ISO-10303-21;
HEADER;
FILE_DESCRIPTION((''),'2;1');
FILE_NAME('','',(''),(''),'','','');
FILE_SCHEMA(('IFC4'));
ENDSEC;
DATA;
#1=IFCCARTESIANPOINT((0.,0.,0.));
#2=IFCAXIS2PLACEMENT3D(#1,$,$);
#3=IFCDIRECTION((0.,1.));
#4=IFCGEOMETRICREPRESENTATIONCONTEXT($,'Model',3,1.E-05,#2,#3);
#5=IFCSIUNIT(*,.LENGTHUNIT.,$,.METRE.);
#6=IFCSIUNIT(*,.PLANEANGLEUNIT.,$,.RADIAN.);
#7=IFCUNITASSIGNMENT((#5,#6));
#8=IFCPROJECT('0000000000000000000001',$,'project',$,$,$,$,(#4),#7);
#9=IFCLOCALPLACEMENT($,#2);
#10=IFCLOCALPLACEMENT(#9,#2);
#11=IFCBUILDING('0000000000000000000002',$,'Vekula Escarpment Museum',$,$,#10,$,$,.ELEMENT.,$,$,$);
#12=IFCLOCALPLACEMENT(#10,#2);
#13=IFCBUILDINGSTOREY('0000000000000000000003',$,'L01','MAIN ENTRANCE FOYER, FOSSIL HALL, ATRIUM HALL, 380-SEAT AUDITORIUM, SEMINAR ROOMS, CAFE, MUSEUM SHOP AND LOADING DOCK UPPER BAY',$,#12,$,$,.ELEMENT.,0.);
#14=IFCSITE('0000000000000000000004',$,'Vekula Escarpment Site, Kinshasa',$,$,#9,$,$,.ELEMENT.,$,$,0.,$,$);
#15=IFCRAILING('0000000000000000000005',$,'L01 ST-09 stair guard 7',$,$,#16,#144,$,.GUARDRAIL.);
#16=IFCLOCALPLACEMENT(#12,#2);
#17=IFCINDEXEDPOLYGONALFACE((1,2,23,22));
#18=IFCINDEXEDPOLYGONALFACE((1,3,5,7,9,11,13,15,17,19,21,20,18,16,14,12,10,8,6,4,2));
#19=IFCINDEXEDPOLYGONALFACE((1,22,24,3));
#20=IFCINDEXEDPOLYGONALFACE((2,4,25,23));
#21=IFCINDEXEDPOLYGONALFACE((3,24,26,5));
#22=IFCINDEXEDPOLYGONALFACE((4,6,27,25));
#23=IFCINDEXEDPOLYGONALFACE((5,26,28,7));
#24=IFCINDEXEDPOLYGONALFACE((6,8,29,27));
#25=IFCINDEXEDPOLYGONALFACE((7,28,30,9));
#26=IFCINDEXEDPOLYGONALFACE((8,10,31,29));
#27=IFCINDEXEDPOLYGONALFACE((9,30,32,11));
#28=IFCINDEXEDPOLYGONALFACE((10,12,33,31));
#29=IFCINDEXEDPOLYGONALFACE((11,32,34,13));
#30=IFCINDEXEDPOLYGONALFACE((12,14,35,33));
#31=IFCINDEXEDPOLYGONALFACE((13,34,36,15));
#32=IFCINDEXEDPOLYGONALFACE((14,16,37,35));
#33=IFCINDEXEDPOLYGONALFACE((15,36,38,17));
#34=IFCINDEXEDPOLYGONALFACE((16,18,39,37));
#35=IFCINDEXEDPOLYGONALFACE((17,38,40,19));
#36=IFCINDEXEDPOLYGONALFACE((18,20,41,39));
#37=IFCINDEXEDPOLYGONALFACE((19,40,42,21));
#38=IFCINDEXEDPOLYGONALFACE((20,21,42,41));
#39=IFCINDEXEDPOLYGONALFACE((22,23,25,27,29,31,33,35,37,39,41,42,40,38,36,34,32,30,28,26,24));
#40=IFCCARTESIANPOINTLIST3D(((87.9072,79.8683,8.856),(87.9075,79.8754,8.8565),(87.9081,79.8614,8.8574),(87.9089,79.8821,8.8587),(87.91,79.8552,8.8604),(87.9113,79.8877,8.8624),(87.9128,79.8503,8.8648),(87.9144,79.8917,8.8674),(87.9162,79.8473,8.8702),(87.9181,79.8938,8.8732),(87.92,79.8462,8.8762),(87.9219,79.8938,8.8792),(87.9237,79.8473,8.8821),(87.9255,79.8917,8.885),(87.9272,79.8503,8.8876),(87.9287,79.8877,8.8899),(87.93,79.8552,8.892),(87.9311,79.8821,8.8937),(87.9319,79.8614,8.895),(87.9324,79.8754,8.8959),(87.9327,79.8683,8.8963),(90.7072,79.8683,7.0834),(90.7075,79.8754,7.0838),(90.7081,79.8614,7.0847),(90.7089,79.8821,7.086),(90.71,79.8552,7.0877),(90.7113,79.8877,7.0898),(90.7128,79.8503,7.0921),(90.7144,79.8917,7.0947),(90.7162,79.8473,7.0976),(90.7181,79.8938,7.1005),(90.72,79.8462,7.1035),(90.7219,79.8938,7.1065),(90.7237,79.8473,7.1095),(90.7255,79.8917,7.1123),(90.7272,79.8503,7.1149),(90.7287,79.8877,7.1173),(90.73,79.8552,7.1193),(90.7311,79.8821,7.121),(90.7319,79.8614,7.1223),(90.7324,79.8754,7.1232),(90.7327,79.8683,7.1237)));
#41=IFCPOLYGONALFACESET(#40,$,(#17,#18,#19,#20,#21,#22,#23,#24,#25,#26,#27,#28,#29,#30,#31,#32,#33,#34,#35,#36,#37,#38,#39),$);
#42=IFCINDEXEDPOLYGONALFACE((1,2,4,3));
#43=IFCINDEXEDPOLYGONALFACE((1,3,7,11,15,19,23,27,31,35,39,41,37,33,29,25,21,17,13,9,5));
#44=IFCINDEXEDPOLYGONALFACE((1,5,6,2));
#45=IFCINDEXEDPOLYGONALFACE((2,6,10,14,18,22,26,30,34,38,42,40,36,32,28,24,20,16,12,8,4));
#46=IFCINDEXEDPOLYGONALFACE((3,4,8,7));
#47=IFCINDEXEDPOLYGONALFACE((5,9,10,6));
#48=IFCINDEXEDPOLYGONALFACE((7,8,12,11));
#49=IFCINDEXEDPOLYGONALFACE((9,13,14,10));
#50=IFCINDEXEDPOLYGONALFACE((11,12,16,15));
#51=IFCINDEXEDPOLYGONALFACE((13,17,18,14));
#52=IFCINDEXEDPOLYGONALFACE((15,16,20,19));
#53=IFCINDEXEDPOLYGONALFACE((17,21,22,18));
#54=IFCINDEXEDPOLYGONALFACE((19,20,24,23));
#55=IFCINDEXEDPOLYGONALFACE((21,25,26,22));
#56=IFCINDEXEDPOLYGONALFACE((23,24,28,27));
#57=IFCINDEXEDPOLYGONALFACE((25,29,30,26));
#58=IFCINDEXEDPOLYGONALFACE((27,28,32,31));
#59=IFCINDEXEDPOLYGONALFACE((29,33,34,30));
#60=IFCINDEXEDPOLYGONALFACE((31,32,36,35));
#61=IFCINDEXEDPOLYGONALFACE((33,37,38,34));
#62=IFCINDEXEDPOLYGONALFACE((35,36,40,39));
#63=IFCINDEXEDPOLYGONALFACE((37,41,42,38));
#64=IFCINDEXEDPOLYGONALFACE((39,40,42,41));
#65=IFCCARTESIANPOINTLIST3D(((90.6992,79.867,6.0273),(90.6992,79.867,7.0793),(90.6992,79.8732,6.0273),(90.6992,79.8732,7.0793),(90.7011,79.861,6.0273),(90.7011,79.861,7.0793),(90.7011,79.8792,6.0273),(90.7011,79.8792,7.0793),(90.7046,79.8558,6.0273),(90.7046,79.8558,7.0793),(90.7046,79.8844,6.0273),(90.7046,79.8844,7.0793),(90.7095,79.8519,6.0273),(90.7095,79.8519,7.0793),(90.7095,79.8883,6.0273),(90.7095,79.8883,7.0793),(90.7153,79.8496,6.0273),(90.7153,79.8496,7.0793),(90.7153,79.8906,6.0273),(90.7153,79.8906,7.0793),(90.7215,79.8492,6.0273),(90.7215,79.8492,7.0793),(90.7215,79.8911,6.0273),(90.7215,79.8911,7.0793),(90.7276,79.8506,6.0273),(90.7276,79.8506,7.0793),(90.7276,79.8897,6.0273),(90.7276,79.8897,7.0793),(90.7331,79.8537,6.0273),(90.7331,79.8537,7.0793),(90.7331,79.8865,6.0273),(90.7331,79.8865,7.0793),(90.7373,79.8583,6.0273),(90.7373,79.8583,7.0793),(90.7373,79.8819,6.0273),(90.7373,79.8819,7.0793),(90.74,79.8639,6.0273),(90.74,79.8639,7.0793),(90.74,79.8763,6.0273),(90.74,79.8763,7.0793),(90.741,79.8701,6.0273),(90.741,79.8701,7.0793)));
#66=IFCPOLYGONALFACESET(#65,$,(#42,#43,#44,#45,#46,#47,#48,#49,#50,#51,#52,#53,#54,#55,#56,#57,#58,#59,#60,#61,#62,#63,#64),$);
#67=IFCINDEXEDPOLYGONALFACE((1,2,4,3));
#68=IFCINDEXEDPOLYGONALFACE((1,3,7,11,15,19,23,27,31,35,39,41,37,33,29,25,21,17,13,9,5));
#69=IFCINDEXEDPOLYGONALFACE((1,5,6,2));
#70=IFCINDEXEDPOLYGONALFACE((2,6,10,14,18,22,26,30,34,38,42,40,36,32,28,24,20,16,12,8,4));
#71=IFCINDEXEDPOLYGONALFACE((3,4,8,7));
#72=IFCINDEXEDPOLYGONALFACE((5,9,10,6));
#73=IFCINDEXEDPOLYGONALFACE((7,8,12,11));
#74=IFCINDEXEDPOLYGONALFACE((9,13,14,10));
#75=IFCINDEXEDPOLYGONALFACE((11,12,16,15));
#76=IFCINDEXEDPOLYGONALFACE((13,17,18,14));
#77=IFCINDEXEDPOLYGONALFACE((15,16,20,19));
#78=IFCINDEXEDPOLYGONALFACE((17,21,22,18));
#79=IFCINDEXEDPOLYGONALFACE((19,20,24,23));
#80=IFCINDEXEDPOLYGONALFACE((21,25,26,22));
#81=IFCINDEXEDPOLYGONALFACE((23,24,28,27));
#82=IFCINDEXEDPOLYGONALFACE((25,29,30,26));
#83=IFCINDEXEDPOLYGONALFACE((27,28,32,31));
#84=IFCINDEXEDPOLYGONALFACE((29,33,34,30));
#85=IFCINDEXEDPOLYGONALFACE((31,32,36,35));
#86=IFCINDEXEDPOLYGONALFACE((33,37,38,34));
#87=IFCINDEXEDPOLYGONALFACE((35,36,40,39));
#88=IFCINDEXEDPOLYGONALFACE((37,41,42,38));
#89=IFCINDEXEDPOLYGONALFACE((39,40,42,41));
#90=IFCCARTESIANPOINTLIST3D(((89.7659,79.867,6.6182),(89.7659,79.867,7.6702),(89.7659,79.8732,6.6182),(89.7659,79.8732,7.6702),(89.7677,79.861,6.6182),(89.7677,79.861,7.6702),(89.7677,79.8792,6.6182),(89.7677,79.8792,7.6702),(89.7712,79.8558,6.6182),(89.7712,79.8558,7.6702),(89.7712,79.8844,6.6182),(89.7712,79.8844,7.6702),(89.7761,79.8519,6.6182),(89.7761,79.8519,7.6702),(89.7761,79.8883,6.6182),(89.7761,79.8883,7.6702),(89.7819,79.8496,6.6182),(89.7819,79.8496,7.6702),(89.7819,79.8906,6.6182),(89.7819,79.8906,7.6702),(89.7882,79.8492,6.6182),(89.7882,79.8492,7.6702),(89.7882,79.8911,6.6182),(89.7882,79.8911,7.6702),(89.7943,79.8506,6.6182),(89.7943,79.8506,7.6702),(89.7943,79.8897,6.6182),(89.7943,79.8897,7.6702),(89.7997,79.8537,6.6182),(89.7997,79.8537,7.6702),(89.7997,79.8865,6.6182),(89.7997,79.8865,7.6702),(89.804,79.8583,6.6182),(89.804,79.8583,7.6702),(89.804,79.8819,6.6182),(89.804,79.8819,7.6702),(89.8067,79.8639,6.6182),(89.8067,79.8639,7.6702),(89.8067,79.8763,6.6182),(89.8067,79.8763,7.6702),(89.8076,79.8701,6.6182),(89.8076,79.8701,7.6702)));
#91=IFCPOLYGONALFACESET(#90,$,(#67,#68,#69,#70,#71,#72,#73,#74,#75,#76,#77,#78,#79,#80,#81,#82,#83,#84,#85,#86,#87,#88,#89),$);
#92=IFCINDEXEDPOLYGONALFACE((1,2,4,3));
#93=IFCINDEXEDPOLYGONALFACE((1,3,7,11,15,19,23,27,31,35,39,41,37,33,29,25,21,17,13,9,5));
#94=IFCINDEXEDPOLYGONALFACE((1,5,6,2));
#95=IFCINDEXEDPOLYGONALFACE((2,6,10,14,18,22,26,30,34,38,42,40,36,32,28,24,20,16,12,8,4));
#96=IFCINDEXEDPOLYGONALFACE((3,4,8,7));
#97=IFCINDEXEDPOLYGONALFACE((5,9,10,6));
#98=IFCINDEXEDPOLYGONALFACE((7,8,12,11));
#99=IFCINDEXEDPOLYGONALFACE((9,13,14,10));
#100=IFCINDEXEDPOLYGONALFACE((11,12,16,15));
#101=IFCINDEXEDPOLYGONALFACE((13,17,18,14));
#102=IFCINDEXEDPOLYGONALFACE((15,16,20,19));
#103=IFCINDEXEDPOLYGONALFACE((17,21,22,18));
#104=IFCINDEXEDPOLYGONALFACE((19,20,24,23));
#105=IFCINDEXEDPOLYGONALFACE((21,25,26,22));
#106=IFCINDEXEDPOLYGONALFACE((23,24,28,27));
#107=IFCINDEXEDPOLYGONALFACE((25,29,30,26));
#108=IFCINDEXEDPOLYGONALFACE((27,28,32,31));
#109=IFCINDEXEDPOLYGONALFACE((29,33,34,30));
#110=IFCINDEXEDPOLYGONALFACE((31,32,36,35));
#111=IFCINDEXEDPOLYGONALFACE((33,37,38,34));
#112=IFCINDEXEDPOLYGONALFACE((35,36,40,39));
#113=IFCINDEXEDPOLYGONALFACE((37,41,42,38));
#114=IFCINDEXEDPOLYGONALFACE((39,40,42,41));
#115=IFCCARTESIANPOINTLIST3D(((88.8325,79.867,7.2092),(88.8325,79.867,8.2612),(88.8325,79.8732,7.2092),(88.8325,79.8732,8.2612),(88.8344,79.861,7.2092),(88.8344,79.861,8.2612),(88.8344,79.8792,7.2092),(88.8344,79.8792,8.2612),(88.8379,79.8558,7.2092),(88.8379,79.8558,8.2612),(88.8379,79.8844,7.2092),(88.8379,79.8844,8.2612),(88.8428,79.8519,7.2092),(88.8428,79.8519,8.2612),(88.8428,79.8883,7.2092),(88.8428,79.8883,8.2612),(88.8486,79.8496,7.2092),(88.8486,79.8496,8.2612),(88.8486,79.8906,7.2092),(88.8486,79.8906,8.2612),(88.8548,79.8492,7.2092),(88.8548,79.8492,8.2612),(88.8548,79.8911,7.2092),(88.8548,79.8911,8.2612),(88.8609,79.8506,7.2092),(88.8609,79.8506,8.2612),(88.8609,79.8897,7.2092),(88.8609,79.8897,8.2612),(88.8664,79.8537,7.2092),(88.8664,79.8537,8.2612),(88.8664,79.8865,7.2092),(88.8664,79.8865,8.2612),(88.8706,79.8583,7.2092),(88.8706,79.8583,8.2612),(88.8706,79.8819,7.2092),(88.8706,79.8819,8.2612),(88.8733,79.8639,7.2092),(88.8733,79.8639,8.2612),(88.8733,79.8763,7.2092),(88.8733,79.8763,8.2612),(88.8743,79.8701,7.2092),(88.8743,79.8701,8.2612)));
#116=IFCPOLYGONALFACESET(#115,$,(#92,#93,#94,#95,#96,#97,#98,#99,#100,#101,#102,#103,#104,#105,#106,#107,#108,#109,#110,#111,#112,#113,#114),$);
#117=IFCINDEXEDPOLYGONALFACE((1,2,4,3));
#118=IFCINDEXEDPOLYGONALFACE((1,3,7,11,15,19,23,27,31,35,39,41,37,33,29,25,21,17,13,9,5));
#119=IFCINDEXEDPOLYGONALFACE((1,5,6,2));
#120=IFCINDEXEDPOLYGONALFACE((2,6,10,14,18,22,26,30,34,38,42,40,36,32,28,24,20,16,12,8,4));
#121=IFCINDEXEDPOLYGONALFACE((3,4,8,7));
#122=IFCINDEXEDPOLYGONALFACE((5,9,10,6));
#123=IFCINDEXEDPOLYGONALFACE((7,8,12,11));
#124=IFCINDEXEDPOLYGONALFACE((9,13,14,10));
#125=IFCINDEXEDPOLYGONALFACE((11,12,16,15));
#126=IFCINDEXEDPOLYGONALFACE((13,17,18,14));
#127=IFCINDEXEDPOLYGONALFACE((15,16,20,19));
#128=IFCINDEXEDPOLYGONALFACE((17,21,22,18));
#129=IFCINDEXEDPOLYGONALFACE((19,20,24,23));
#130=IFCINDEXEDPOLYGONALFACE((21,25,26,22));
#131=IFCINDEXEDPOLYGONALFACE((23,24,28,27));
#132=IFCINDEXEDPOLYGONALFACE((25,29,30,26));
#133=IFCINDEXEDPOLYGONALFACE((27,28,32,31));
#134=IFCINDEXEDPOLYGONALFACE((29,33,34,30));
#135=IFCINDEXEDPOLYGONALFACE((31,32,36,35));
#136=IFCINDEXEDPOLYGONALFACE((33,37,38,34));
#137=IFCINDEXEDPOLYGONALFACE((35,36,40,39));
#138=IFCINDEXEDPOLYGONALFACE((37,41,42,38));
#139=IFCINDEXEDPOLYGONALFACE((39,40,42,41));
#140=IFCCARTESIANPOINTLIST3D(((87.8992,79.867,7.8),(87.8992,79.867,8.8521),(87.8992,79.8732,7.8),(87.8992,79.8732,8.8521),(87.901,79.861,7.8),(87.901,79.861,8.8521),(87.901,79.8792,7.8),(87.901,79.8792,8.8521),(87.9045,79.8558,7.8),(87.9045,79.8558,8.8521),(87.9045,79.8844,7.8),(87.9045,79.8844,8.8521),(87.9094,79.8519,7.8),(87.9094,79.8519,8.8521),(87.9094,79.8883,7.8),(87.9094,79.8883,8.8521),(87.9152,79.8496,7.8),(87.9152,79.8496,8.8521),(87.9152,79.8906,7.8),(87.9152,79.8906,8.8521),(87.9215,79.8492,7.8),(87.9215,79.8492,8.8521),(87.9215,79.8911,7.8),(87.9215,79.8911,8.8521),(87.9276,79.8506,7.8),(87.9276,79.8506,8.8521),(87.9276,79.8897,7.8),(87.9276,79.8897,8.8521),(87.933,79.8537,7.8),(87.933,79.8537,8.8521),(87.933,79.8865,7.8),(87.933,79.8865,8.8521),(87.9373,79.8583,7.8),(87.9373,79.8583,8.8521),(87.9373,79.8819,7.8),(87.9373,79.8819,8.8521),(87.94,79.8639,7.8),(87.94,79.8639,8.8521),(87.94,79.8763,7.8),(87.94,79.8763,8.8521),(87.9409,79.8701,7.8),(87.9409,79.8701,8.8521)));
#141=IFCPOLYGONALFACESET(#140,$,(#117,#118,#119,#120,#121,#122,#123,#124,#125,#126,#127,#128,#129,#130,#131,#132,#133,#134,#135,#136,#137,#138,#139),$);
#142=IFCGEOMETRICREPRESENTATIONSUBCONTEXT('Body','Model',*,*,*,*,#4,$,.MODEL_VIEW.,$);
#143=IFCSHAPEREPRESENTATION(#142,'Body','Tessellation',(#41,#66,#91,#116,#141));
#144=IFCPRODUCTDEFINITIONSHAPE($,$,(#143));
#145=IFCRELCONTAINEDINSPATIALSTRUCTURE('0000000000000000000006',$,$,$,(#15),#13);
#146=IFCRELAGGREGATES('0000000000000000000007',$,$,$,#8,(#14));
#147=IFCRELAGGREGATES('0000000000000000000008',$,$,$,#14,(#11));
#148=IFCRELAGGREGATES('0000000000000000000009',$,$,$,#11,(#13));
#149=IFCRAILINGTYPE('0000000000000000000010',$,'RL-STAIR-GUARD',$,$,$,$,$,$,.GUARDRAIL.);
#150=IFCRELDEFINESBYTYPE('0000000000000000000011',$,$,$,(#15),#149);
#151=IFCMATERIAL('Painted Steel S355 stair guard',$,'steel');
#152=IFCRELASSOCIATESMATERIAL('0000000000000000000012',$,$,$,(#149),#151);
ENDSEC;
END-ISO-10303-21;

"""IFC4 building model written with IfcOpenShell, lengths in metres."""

from ifc_helpers import new_model, si_unit, direction, frame, origin, origin_2d, place, context, subcontext, project, spatial, circle, extrude, material, type_object, element, save


model = new_model("IFC4")

# Units and contexts
model_context = context("Model", 3, precision=1e-05, world=origin(), true_north=direction((0.0, 1.0)))
body_context = subcontext(model_context, "Body", "Model", "MODEL_VIEW")
ifc_project = project(units=[si_unit("LENGTHUNIT", "METRE"), si_unit("PLANEANGLEUNIT", "RADIAN")], contexts=[model_context])

# Site, building, storey
site_placement = place(None, origin())
site = spatial("IfcSite", under=ifc_project, at=site_placement, Name="Vekula Escarpment Site, Kinshasa", CompositionType="ELEMENT", RefElevation=0.0)
building_placement = place(site_placement, origin())
building = spatial("IfcBuilding", under=site, at=building_placement, Name="Vekula Escarpment Museum", CompositionType="ELEMENT")
storey_placement = place(building_placement, origin())
storey = spatial("IfcBuildingStorey", under=building, at=storey_placement, Name="L01", Description="MAIN ENTRANCE FOYER, FOSSIL HALL, ATRIUM HALL, 380-SEAT AUDITORIUM, SEMINAR ROOMS, CAFE, MUSEUM SHOP AND LOADING DOCK UPPER BAY", CompositionType="ELEMENT", Elevation=0.0)

# Railing
ifc_material_1 = material(Name="Painted Steel S355 stair guard", Category="steel")
railing_type_1 = type_object("IfcRailingType", Name="RL-STAIR-GUARD", PredefinedType="GUARDRAIL", material=ifc_material_1)
railing_placement = place(storey_placement, frame((90.72, 79.8701, 6.0273)))
element("IfcRailing", 1, at=railing_placement, inside=storey, type_object=railing_type_1, Name="L01 ST-09 stair guard 7", PredefinedType="GUARDRAIL", context=body_context, shape_type="SweptSolid", body=[
    extrude(circle(Radius=0.0239, at=origin_2d()), frame((0.0, 0.0, 1.0762), z_axis=(-0.844909, 0.0, 0.53491), x_axis=(0.0, -1.0, 0.0)), (0.0, 0.0, 1.0), 3.314),
    extrude(circle(Radius=0.021, at=origin_2d()), origin(), (0.0, 0.0, 1.0), 1.052),
    extrude(circle(Radius=0.021, at=origin_2d()), frame((-0.9333, 0.0, 0.5908)), (0.0, 0.0, 1.0), 1.052),
    extrude(circle(Radius=0.021, at=origin_2d()), frame((-1.8667, 0.0, 1.1819)), (0.0, 0.0, 1.0), 1.052),
    extrude(circle(Radius=0.021, at=origin_2d()), frame((-2.8, 0.0, 1.7727)), (0.0, 0.0, 1.0), 1.052),
])

save(model, "model.ifc")
